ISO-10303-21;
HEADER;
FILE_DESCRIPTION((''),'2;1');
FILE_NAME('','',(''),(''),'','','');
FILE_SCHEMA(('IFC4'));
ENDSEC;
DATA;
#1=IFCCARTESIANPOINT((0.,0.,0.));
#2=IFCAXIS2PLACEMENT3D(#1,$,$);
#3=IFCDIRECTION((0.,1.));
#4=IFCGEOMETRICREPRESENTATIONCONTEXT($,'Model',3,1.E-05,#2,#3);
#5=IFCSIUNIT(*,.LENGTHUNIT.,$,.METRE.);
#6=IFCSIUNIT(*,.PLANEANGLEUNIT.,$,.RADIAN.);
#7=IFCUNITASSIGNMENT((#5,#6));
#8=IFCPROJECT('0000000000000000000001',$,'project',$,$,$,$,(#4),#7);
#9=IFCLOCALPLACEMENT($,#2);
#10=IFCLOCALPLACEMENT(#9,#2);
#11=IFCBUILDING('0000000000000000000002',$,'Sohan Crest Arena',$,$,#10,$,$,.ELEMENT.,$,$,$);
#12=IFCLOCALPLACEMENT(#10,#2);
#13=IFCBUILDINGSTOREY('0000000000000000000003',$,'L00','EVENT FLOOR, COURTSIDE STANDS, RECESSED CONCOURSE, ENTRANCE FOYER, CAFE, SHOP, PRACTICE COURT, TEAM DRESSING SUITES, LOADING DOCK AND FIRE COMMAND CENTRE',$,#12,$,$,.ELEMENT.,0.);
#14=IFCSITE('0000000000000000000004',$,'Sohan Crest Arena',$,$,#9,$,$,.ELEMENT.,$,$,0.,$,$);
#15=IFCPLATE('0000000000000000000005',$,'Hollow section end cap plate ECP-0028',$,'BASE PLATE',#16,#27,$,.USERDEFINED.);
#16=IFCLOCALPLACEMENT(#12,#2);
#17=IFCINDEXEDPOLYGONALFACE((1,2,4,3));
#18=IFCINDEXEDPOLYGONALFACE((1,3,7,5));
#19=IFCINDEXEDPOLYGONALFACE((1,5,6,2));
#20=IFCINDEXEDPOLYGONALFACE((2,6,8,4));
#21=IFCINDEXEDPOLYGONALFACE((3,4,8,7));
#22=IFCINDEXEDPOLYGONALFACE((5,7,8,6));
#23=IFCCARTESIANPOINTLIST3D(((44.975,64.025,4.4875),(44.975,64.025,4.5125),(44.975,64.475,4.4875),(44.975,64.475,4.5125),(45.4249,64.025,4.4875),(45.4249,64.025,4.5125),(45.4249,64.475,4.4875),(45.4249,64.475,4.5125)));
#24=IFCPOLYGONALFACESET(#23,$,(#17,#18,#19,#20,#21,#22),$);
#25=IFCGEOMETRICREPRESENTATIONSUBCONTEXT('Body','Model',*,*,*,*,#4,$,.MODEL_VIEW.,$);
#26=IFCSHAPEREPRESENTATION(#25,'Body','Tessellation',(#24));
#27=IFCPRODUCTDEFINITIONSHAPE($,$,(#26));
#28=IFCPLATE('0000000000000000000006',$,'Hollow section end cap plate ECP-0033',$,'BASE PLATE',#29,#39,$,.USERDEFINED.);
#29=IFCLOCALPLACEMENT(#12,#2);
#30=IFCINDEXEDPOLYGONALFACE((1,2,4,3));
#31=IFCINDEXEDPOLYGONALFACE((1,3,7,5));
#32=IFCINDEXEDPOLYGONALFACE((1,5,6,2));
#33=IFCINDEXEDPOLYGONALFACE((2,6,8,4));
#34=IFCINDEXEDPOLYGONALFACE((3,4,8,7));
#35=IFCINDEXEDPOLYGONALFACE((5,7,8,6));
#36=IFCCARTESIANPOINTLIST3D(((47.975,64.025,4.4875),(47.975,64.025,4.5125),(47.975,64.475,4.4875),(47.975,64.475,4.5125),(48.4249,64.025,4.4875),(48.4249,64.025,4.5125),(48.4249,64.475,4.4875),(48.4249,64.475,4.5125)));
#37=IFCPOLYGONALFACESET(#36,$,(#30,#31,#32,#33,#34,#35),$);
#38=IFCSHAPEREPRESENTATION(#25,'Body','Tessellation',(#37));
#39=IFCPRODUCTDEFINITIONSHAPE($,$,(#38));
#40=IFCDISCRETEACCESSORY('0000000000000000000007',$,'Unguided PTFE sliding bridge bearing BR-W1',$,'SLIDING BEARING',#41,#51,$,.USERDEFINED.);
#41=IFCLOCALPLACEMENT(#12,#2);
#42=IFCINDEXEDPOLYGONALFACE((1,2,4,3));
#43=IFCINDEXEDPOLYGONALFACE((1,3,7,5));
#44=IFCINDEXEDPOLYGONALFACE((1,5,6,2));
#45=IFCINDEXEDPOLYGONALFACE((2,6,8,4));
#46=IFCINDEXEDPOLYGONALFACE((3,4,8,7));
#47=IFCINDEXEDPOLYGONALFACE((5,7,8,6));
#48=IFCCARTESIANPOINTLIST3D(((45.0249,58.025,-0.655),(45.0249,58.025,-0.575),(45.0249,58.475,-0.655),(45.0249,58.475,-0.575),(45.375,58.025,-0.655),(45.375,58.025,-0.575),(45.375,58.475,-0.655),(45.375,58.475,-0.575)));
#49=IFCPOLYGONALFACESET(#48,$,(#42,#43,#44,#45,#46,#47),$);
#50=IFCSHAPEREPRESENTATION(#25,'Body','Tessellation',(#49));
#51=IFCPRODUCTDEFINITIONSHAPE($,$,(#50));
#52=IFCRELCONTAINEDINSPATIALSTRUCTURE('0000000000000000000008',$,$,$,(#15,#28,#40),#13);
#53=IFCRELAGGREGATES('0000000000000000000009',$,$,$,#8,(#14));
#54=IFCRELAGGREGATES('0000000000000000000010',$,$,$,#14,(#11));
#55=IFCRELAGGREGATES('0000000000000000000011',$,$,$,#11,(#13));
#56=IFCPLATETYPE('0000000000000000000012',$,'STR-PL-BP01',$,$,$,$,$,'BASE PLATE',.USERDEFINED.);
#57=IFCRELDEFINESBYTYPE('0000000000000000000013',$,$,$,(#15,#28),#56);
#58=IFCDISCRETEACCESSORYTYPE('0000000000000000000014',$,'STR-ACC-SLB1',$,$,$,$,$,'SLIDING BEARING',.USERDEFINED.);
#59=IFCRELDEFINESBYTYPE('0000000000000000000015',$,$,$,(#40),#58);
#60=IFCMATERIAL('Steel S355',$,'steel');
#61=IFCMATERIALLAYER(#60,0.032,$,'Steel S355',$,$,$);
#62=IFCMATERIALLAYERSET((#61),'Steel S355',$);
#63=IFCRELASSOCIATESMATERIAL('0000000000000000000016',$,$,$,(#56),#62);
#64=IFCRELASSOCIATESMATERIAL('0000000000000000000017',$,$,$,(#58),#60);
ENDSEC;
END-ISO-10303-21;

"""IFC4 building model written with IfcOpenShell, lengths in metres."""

from ifc_helpers import new_model, si_unit, direction, frame, origin, origin_2d, place, context, subcontext, project, spatial, rectangle, extrude, material, layer, layer_set, type_object, element, save


model = new_model("IFC4")

# Units and contexts
model_context = context("Model", 3, precision=1e-05, world=origin(), true_north=direction((0.0, 1.0)))
body_context = subcontext(model_context, "Body", "Model", "MODEL_VIEW")
ifc_project = project(units=[si_unit("LENGTHUNIT", "METRE"), si_unit("PLANEANGLEUNIT", "RADIAN")], contexts=[model_context])

# Site, building, storey
site_placement = place(None, origin())
site = spatial("IfcSite", under=ifc_project, at=site_placement, Name="Sohan Crest Arena", CompositionType="ELEMENT", RefElevation=0.0)
building_placement = place(site_placement, origin())
building = spatial("IfcBuilding", under=site, at=building_placement, Name="Sohan Crest Arena", CompositionType="ELEMENT")
storey_placement = place(building_placement, origin())
storey = spatial("IfcBuildingStorey", under=building, at=storey_placement, Name="L00", Description="EVENT FLOOR, COURTSIDE STANDS, RECESSED CONCOURSE, ENTRANCE FOYER, CAFE, SHOP, PRACTICE COURT, TEAM DRESSING SUITES, LOADING DOCK AND FIRE COMMAND CENTRE", CompositionType="ELEMENT", Elevation=0.0)

# Shared definitions
ifc_material_1 = material(Name="Steel S355", Category="steel")

# Plates
ifc_layer_1 = layer(ifc_material_1, 0.032, Name="Steel S355")
ifc_layer_set_1 = layer_set([ifc_layer_1], Name="Steel S355")
plate_type_1 = type_object("IfcPlateType", Name="STR-PL-BP01", ElementType="BASE PLATE", PredefinedType="USERDEFINED", material=ifc_layer_set_1)
for number, where, z_axis, x_axis, name in (
    (1, (45.2, 64.25, 4.4875), (0.0, 0.0, 1.0), (1.0, 0.0, 0.0), "Hollow section end cap plate ECP-0028"),
    (2, (48.2, 64.25, 4.4875), (0.0, 0.0, 1.0), (1.0, 0.0, 0.0), "Hollow section end cap plate ECP-0033"),
):
    element("IfcPlate", number, at=place(storey_placement, frame(where, z_axis=z_axis, x_axis=x_axis)), inside=storey, type_object=plate_type_1, Name=name, ObjectType="BASE PLATE", PredefinedType="USERDEFINED", context=body_context, shape_type="SweptSolid", body=[
        extrude(rectangle(XDim=0.45, YDim=0.45, at=origin_2d()), origin(), (0.0, 0.0, 1.0), 0.0249),
    ])

# Discrete accessory
discrete_accessory_type = type_object("IfcDiscreteAccessoryType", Name="STR-ACC-SLB1", ElementType="SLIDING BEARING", PredefinedType="USERDEFINED", material=ifc_material_1)
discrete_accessory_placement = place(storey_placement, frame((45.2, 58.25, -0.655), z_axis=(0.0, 0.0, 1.0), x_axis=(1.0, 0.0, 0.0)))
element("IfcDiscreteAccessory", 3, at=discrete_accessory_placement, inside=storey, type_object=discrete_accessory_type, Name="Unguided PTFE sliding bridge bearing BR-W1", ObjectType="SLIDING BEARING", PredefinedType="USERDEFINED", context=body_context, shape_type="SweptSolid", body=[
    extrude(rectangle(XDim=0.3501, YDim=0.45, at=origin_2d()), origin(), (0.0, 0.0, 1.0), 0.0801),
])

save(model, "model.ifc")
